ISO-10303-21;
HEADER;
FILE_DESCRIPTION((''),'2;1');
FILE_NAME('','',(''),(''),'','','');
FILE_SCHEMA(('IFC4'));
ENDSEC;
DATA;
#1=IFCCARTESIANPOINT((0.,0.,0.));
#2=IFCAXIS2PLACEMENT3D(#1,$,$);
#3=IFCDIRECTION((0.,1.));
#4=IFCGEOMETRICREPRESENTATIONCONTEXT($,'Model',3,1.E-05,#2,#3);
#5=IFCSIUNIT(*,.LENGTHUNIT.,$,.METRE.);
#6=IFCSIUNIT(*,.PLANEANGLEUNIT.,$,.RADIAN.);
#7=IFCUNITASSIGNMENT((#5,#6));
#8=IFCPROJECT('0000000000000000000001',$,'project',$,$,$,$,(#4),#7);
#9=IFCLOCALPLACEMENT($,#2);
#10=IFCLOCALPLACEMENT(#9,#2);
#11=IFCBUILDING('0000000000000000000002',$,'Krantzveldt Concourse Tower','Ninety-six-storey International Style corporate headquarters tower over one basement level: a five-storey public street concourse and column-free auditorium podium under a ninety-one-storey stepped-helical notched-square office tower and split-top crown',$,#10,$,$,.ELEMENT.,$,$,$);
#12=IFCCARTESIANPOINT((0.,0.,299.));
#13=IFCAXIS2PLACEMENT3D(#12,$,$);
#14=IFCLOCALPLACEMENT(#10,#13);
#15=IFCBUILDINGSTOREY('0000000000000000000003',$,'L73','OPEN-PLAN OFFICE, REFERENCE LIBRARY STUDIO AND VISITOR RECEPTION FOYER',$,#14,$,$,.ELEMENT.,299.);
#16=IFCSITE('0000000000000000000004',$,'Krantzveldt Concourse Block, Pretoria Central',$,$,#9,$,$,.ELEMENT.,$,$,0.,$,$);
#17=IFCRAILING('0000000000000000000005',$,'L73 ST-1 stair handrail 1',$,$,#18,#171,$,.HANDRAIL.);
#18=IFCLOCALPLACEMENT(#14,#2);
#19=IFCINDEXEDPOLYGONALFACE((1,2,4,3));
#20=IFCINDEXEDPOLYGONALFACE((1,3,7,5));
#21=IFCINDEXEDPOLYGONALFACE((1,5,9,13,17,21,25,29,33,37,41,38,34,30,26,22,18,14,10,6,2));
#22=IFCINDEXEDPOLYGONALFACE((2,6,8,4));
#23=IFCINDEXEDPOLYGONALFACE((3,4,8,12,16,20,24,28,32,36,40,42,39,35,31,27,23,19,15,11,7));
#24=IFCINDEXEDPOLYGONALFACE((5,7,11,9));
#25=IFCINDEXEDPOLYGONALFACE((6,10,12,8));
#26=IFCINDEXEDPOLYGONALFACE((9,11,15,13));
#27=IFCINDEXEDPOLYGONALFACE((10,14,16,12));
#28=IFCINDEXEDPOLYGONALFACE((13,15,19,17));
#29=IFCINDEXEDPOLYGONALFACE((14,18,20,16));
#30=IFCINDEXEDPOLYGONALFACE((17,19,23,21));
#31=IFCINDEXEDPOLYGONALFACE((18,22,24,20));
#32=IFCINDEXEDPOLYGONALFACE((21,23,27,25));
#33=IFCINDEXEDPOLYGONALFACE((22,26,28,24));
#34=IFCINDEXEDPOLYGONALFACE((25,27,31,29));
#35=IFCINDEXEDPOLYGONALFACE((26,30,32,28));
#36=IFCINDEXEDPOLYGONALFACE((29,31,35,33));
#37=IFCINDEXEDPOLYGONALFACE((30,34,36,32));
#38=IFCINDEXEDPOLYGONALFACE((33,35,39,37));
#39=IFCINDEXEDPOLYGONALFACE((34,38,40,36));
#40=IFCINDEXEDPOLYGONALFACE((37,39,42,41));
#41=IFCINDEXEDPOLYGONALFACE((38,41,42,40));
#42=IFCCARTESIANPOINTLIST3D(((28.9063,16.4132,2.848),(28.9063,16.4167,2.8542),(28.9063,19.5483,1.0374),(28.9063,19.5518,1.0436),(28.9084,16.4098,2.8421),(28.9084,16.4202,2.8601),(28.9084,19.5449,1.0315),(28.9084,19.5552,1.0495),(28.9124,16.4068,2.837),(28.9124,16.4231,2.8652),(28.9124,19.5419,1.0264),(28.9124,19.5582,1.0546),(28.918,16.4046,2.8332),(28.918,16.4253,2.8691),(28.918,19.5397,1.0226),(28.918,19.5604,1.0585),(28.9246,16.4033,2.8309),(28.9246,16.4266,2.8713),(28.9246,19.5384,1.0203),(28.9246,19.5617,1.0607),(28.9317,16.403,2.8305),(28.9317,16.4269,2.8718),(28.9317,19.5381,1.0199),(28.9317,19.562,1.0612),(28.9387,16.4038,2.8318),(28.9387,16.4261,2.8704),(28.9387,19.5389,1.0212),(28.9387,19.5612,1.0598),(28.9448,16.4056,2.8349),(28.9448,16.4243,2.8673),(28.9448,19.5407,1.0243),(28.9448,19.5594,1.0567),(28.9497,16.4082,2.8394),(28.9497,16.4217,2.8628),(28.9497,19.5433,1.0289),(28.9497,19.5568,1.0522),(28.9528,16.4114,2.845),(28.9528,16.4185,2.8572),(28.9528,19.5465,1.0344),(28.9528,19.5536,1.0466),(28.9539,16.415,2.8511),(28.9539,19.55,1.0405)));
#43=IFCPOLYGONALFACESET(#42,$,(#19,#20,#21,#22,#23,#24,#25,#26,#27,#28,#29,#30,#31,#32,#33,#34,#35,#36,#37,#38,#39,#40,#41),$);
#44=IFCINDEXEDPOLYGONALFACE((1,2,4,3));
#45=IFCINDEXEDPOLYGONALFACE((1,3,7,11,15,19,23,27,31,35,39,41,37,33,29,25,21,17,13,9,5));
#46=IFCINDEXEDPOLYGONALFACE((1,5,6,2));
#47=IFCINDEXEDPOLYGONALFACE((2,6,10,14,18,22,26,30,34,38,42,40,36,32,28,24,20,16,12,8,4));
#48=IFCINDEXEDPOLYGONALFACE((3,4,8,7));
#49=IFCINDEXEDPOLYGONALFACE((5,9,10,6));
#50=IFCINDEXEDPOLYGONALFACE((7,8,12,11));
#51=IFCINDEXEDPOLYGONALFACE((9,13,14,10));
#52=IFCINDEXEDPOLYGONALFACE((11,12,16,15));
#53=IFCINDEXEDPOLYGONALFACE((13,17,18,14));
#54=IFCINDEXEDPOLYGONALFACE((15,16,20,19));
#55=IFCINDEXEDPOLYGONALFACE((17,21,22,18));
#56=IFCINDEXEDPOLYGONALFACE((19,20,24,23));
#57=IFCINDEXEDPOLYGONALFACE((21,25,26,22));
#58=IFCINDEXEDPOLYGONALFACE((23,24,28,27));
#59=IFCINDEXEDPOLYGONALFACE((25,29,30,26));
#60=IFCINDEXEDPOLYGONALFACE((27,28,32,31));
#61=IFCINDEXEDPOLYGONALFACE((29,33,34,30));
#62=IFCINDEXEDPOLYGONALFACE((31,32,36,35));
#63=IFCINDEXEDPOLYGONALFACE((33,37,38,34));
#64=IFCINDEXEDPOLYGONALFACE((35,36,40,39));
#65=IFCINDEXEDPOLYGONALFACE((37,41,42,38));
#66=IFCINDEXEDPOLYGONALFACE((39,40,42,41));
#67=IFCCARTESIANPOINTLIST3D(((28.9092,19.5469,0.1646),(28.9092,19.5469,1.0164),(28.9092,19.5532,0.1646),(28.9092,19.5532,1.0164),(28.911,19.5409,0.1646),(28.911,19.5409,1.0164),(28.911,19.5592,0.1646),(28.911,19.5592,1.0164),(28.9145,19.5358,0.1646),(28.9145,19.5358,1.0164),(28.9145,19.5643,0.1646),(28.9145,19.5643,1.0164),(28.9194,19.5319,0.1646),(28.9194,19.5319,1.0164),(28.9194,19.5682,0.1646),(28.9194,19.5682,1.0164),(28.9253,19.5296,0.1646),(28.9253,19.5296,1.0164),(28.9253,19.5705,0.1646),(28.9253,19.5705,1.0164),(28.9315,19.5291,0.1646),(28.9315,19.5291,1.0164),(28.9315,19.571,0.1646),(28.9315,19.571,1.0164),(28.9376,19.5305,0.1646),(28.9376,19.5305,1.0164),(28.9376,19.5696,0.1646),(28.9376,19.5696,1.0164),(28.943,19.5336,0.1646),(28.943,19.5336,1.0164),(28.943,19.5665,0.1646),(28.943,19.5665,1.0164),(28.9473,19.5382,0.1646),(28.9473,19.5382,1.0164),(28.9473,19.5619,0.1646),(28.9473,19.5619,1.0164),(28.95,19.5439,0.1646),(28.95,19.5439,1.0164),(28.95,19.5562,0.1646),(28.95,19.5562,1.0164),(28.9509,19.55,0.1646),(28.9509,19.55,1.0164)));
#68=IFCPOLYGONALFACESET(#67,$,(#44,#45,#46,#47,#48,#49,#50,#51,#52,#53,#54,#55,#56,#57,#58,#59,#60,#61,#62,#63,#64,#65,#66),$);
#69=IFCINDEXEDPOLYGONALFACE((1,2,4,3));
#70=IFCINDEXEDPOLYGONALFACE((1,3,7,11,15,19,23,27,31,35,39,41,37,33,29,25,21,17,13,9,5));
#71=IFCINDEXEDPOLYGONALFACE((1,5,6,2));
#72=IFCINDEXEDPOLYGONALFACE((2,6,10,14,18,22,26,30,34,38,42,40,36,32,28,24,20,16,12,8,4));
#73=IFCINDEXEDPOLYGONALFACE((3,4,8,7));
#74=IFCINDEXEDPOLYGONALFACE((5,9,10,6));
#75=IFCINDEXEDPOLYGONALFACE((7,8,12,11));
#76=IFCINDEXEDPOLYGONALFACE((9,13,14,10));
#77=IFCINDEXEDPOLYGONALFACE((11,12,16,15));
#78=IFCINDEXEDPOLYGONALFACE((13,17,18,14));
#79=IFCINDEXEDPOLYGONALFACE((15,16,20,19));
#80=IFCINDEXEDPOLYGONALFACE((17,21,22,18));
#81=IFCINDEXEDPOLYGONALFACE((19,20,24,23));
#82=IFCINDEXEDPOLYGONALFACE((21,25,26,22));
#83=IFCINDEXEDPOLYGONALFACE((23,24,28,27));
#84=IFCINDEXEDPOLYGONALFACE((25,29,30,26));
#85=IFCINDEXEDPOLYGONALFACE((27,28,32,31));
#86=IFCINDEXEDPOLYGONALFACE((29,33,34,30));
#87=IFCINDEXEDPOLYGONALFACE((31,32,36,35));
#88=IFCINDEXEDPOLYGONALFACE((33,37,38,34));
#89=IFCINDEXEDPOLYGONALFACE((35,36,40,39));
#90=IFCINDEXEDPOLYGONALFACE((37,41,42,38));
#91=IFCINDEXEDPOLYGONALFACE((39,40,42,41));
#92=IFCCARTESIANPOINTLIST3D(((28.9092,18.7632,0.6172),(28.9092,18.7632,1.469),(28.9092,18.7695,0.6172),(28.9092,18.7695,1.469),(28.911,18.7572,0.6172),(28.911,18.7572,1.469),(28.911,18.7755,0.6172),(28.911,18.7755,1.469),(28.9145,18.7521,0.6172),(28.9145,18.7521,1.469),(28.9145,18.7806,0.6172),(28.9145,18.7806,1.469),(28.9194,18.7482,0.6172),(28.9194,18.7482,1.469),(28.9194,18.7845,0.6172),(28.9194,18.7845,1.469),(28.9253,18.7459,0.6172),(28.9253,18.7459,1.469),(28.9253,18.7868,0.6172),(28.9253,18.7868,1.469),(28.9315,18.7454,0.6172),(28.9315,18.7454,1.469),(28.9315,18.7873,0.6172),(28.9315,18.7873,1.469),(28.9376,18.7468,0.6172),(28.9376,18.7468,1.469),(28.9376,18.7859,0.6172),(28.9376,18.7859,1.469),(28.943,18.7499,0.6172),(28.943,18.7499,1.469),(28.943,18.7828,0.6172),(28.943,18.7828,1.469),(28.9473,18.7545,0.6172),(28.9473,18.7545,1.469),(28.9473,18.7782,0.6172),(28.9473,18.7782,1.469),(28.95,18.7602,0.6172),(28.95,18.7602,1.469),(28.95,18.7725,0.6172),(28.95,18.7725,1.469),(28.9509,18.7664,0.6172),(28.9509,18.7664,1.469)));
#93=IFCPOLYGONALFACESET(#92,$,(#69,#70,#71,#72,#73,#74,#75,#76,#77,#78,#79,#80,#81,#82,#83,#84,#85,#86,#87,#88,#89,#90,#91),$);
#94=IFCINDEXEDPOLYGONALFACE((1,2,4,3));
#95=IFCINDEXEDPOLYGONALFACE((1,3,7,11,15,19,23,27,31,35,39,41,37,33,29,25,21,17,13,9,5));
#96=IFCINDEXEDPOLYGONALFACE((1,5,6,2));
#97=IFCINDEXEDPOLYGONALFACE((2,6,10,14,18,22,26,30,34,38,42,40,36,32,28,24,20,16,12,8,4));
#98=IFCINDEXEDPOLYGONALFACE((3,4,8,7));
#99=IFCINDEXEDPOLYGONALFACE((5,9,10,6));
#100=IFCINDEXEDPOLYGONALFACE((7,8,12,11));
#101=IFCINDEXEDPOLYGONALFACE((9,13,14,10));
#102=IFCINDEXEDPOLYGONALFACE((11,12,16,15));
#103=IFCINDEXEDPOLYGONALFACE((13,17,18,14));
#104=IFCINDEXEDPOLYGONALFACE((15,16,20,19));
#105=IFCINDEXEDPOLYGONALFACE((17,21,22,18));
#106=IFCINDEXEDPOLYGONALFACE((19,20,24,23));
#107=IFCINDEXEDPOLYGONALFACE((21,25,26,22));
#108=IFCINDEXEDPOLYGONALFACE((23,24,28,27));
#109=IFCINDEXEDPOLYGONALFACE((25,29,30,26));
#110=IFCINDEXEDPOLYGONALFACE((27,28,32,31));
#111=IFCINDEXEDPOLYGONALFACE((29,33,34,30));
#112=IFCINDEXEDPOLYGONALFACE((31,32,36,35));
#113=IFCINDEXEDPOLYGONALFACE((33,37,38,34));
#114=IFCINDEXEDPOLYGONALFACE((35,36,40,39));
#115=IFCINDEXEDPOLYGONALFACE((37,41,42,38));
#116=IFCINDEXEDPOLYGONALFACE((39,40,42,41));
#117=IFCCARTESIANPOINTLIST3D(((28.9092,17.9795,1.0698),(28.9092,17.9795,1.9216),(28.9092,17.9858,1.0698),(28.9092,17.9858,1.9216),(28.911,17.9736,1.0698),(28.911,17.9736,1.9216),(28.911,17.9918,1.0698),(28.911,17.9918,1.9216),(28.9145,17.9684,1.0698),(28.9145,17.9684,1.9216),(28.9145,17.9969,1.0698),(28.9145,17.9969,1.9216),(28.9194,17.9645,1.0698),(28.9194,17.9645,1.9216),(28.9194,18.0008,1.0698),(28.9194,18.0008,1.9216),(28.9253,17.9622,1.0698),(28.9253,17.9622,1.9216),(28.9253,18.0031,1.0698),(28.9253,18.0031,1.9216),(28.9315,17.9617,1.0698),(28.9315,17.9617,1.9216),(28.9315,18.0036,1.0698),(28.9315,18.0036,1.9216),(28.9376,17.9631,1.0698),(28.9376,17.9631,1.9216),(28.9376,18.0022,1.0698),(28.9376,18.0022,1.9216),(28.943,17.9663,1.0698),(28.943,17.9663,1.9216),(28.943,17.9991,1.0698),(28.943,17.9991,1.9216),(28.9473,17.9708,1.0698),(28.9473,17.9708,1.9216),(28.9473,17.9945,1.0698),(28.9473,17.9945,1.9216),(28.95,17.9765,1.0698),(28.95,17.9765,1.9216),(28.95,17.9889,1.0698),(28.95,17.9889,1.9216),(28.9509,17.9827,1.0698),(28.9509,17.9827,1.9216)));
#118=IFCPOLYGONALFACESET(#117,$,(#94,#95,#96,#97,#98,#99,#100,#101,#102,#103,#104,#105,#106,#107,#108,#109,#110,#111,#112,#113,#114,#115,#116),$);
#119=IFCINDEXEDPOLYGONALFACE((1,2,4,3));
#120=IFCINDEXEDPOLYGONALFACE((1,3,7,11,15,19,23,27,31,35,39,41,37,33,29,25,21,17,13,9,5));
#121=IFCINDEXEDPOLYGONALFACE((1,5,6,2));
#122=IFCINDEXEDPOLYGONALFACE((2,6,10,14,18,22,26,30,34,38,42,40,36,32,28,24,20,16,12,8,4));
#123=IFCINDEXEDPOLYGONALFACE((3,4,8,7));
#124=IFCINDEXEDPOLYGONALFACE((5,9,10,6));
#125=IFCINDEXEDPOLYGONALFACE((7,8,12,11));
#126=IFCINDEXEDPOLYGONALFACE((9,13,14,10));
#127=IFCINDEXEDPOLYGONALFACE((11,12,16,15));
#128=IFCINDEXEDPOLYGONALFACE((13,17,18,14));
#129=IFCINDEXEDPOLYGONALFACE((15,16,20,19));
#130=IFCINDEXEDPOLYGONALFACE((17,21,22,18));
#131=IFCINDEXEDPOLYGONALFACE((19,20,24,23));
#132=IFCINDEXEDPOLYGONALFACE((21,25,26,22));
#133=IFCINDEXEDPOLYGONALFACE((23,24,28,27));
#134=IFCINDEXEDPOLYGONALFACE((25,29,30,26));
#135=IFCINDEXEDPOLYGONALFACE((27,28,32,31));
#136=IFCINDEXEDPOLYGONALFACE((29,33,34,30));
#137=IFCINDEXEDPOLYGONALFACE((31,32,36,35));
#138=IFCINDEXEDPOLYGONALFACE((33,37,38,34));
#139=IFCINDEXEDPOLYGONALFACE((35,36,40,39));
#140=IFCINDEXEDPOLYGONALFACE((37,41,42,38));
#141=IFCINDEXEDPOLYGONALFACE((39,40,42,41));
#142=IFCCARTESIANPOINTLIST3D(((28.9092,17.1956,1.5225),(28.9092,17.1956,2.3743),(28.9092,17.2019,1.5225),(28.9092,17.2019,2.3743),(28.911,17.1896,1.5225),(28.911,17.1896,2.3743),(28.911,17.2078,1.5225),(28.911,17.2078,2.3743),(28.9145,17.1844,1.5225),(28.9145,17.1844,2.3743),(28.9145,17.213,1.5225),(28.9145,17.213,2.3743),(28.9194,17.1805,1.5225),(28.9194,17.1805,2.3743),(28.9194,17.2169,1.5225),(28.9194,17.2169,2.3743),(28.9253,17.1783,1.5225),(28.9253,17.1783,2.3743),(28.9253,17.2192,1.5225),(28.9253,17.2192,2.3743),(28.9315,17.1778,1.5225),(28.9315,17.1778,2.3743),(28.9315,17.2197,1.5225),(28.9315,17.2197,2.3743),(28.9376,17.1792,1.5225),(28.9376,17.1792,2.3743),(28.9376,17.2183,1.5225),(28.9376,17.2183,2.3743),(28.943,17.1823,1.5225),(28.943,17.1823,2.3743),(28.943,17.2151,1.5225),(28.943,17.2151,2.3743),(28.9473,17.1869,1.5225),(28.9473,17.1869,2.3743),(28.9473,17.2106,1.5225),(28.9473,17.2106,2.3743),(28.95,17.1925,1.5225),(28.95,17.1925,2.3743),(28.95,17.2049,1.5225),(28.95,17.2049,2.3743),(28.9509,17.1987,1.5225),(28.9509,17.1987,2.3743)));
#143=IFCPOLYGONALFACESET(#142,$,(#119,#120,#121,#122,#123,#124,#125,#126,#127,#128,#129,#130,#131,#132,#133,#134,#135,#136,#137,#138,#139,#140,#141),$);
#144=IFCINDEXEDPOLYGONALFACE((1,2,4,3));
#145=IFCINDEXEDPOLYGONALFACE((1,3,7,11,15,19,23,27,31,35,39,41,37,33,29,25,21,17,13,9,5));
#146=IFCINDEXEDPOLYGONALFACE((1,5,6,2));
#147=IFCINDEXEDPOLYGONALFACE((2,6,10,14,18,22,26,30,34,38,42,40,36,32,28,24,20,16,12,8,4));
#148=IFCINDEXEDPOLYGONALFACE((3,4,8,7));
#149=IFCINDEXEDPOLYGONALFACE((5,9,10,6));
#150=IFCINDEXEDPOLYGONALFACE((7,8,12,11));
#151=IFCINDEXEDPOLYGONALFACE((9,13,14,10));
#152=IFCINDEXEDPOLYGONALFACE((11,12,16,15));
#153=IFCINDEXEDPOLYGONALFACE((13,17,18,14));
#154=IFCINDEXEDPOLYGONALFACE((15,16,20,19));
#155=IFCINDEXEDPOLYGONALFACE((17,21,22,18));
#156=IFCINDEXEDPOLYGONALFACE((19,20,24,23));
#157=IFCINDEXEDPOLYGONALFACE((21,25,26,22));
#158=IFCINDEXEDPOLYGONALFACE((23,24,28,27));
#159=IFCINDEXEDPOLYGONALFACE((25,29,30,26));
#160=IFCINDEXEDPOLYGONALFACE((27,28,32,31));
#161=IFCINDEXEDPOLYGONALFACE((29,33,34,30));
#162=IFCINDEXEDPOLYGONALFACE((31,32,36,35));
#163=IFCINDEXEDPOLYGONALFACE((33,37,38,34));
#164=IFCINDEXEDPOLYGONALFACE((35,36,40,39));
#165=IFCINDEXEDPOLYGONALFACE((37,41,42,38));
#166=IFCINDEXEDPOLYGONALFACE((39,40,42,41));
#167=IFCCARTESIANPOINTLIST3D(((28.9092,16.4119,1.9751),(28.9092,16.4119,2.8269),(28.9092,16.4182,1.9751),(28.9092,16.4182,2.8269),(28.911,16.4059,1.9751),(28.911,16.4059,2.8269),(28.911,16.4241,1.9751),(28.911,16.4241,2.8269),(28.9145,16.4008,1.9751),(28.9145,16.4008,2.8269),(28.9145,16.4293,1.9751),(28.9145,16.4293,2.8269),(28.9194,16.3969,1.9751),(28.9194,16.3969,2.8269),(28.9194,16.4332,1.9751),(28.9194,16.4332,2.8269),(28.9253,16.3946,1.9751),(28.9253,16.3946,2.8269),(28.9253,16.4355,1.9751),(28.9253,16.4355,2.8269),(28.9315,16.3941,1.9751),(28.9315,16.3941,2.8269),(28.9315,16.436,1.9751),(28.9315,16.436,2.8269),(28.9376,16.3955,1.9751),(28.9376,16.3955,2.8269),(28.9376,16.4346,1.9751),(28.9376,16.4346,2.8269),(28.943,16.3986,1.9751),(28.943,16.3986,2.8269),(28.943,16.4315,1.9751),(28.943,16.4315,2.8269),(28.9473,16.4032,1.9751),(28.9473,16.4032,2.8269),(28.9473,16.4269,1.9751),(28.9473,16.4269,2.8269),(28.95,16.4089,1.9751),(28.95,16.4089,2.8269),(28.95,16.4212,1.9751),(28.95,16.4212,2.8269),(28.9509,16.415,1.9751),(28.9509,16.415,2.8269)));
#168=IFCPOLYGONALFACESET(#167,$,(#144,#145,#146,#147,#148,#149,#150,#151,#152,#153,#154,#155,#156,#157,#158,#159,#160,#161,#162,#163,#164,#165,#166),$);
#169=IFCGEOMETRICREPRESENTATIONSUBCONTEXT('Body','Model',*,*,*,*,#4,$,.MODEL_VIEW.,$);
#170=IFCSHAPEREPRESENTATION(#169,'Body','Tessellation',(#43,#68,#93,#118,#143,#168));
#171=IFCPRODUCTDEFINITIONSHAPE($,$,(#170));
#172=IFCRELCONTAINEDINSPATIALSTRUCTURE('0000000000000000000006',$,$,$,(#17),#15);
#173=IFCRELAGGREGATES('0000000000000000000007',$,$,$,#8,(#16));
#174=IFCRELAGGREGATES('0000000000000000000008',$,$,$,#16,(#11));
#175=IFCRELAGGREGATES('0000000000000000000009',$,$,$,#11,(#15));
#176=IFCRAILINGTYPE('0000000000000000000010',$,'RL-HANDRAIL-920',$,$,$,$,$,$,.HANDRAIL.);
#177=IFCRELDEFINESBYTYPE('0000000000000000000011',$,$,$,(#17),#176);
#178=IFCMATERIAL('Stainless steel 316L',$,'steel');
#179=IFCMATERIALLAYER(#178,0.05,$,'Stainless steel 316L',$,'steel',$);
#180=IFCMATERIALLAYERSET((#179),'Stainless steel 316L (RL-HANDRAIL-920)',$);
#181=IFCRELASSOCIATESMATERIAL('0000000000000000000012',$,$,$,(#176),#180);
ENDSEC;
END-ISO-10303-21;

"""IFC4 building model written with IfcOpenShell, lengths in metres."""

from ifc_helpers import new_model, si_unit, direction, frame, origin, origin_2d, place, context, subcontext, project, spatial, circle, extrude, material, layer, layer_set, type_object, element, save


model = new_model("IFC4")

# Units and contexts
model_context = context("Model", 3, precision=1e-05, world=origin(), true_north=direction((0.0, 1.0)))
body_context = subcontext(model_context, "Body", "Model", "MODEL_VIEW")
ifc_project = project(units=[si_unit("LENGTHUNIT", "METRE"), si_unit("PLANEANGLEUNIT", "RADIAN")], contexts=[model_context])

# Site, building, storey
site_placement = place(None, origin())
site = spatial("IfcSite", under=ifc_project, at=site_placement, Name="Krantzveldt Concourse Block, Pretoria Central", CompositionType="ELEMENT", RefElevation=0.0)
building_placement = place(site_placement, origin())
building = spatial("IfcBuilding", under=site, at=building_placement, Name="Krantzveldt Concourse Tower", Description="Ninety-six-storey International Style corporate headquarters tower over one basement level: a five-storey public street concourse and column-free auditorium podium under a ninety-one-storey stepped-helical notched-square office tower and split-top crown", CompositionType="ELEMENT")
storey_placement = place(building_placement, frame((0.0, 0.0, 299.0)))
storey = spatial("IfcBuildingStorey", under=building, at=storey_placement, Name="L73", Description="OPEN-PLAN OFFICE, REFERENCE LIBRARY STUDIO AND VISITOR RECEPTION FOYER", CompositionType="ELEMENT", Elevation=299.0)

# Shared definitions
ifc_material_1 = material(Name="Stainless steel 316L", Category="steel")

# Railing
ifc_layer_1 = layer(ifc_material_1, 0.05, Name="Stainless steel 316L", Category="steel")
ifc_layer_set_1 = layer_set([ifc_layer_1], Name="Stainless steel 316L (RL-HANDRAIL-920)")
railing_type_1 = type_object("IfcRailingType", Name="RL-HANDRAIL-920", PredefinedType="HANDRAIL", material=ifc_layer_set_1)
railing_1_placement = place(storey_placement, frame((28.9299, 19.55, 0.1646)))
element("IfcRailing", 1, at=railing_1_placement, inside=storey, type_object=railing_type_1, Name="L73 ST-1 stair handrail 1", PredefinedType="HANDRAIL", context=body_context, shape_type="SweptSolid", body=[
    extrude(circle(Radius=0.0239, at=origin_2d()), frame((0.0, 0.0, 0.876), z_axis=(0.0, -0.86596, 0.500114), x_axis=(1.0, 0.0, 0.0)), (0.0, 0.0, 1.0), 3.6204),
    extrude(circle(Radius=0.021, at=origin_2d()), origin(), (0.0, 0.0, 1.0), 0.8518),
    extrude(circle(Radius=0.021, at=origin_2d()), frame((0.0, -0.7837, 0.4526)), (0.0, 0.0, 1.0), 0.8518),
    extrude(circle(Radius=0.021, at=origin_2d()), frame((0.0, -1.5674, 0.9053)), (0.0, 0.0, 1.0), 0.8518),
    extrude(circle(Radius=0.021, at=origin_2d()), frame((0.0, -2.3513, 1.3579)), (0.0, 0.0, 1.0), 0.8518),
    extrude(circle(Radius=0.021, at=origin_2d()), frame((0.0, -3.135, 1.8105)), (0.0, 0.0, 1.0), 0.8518),
])

save(model, "model.ifc")
